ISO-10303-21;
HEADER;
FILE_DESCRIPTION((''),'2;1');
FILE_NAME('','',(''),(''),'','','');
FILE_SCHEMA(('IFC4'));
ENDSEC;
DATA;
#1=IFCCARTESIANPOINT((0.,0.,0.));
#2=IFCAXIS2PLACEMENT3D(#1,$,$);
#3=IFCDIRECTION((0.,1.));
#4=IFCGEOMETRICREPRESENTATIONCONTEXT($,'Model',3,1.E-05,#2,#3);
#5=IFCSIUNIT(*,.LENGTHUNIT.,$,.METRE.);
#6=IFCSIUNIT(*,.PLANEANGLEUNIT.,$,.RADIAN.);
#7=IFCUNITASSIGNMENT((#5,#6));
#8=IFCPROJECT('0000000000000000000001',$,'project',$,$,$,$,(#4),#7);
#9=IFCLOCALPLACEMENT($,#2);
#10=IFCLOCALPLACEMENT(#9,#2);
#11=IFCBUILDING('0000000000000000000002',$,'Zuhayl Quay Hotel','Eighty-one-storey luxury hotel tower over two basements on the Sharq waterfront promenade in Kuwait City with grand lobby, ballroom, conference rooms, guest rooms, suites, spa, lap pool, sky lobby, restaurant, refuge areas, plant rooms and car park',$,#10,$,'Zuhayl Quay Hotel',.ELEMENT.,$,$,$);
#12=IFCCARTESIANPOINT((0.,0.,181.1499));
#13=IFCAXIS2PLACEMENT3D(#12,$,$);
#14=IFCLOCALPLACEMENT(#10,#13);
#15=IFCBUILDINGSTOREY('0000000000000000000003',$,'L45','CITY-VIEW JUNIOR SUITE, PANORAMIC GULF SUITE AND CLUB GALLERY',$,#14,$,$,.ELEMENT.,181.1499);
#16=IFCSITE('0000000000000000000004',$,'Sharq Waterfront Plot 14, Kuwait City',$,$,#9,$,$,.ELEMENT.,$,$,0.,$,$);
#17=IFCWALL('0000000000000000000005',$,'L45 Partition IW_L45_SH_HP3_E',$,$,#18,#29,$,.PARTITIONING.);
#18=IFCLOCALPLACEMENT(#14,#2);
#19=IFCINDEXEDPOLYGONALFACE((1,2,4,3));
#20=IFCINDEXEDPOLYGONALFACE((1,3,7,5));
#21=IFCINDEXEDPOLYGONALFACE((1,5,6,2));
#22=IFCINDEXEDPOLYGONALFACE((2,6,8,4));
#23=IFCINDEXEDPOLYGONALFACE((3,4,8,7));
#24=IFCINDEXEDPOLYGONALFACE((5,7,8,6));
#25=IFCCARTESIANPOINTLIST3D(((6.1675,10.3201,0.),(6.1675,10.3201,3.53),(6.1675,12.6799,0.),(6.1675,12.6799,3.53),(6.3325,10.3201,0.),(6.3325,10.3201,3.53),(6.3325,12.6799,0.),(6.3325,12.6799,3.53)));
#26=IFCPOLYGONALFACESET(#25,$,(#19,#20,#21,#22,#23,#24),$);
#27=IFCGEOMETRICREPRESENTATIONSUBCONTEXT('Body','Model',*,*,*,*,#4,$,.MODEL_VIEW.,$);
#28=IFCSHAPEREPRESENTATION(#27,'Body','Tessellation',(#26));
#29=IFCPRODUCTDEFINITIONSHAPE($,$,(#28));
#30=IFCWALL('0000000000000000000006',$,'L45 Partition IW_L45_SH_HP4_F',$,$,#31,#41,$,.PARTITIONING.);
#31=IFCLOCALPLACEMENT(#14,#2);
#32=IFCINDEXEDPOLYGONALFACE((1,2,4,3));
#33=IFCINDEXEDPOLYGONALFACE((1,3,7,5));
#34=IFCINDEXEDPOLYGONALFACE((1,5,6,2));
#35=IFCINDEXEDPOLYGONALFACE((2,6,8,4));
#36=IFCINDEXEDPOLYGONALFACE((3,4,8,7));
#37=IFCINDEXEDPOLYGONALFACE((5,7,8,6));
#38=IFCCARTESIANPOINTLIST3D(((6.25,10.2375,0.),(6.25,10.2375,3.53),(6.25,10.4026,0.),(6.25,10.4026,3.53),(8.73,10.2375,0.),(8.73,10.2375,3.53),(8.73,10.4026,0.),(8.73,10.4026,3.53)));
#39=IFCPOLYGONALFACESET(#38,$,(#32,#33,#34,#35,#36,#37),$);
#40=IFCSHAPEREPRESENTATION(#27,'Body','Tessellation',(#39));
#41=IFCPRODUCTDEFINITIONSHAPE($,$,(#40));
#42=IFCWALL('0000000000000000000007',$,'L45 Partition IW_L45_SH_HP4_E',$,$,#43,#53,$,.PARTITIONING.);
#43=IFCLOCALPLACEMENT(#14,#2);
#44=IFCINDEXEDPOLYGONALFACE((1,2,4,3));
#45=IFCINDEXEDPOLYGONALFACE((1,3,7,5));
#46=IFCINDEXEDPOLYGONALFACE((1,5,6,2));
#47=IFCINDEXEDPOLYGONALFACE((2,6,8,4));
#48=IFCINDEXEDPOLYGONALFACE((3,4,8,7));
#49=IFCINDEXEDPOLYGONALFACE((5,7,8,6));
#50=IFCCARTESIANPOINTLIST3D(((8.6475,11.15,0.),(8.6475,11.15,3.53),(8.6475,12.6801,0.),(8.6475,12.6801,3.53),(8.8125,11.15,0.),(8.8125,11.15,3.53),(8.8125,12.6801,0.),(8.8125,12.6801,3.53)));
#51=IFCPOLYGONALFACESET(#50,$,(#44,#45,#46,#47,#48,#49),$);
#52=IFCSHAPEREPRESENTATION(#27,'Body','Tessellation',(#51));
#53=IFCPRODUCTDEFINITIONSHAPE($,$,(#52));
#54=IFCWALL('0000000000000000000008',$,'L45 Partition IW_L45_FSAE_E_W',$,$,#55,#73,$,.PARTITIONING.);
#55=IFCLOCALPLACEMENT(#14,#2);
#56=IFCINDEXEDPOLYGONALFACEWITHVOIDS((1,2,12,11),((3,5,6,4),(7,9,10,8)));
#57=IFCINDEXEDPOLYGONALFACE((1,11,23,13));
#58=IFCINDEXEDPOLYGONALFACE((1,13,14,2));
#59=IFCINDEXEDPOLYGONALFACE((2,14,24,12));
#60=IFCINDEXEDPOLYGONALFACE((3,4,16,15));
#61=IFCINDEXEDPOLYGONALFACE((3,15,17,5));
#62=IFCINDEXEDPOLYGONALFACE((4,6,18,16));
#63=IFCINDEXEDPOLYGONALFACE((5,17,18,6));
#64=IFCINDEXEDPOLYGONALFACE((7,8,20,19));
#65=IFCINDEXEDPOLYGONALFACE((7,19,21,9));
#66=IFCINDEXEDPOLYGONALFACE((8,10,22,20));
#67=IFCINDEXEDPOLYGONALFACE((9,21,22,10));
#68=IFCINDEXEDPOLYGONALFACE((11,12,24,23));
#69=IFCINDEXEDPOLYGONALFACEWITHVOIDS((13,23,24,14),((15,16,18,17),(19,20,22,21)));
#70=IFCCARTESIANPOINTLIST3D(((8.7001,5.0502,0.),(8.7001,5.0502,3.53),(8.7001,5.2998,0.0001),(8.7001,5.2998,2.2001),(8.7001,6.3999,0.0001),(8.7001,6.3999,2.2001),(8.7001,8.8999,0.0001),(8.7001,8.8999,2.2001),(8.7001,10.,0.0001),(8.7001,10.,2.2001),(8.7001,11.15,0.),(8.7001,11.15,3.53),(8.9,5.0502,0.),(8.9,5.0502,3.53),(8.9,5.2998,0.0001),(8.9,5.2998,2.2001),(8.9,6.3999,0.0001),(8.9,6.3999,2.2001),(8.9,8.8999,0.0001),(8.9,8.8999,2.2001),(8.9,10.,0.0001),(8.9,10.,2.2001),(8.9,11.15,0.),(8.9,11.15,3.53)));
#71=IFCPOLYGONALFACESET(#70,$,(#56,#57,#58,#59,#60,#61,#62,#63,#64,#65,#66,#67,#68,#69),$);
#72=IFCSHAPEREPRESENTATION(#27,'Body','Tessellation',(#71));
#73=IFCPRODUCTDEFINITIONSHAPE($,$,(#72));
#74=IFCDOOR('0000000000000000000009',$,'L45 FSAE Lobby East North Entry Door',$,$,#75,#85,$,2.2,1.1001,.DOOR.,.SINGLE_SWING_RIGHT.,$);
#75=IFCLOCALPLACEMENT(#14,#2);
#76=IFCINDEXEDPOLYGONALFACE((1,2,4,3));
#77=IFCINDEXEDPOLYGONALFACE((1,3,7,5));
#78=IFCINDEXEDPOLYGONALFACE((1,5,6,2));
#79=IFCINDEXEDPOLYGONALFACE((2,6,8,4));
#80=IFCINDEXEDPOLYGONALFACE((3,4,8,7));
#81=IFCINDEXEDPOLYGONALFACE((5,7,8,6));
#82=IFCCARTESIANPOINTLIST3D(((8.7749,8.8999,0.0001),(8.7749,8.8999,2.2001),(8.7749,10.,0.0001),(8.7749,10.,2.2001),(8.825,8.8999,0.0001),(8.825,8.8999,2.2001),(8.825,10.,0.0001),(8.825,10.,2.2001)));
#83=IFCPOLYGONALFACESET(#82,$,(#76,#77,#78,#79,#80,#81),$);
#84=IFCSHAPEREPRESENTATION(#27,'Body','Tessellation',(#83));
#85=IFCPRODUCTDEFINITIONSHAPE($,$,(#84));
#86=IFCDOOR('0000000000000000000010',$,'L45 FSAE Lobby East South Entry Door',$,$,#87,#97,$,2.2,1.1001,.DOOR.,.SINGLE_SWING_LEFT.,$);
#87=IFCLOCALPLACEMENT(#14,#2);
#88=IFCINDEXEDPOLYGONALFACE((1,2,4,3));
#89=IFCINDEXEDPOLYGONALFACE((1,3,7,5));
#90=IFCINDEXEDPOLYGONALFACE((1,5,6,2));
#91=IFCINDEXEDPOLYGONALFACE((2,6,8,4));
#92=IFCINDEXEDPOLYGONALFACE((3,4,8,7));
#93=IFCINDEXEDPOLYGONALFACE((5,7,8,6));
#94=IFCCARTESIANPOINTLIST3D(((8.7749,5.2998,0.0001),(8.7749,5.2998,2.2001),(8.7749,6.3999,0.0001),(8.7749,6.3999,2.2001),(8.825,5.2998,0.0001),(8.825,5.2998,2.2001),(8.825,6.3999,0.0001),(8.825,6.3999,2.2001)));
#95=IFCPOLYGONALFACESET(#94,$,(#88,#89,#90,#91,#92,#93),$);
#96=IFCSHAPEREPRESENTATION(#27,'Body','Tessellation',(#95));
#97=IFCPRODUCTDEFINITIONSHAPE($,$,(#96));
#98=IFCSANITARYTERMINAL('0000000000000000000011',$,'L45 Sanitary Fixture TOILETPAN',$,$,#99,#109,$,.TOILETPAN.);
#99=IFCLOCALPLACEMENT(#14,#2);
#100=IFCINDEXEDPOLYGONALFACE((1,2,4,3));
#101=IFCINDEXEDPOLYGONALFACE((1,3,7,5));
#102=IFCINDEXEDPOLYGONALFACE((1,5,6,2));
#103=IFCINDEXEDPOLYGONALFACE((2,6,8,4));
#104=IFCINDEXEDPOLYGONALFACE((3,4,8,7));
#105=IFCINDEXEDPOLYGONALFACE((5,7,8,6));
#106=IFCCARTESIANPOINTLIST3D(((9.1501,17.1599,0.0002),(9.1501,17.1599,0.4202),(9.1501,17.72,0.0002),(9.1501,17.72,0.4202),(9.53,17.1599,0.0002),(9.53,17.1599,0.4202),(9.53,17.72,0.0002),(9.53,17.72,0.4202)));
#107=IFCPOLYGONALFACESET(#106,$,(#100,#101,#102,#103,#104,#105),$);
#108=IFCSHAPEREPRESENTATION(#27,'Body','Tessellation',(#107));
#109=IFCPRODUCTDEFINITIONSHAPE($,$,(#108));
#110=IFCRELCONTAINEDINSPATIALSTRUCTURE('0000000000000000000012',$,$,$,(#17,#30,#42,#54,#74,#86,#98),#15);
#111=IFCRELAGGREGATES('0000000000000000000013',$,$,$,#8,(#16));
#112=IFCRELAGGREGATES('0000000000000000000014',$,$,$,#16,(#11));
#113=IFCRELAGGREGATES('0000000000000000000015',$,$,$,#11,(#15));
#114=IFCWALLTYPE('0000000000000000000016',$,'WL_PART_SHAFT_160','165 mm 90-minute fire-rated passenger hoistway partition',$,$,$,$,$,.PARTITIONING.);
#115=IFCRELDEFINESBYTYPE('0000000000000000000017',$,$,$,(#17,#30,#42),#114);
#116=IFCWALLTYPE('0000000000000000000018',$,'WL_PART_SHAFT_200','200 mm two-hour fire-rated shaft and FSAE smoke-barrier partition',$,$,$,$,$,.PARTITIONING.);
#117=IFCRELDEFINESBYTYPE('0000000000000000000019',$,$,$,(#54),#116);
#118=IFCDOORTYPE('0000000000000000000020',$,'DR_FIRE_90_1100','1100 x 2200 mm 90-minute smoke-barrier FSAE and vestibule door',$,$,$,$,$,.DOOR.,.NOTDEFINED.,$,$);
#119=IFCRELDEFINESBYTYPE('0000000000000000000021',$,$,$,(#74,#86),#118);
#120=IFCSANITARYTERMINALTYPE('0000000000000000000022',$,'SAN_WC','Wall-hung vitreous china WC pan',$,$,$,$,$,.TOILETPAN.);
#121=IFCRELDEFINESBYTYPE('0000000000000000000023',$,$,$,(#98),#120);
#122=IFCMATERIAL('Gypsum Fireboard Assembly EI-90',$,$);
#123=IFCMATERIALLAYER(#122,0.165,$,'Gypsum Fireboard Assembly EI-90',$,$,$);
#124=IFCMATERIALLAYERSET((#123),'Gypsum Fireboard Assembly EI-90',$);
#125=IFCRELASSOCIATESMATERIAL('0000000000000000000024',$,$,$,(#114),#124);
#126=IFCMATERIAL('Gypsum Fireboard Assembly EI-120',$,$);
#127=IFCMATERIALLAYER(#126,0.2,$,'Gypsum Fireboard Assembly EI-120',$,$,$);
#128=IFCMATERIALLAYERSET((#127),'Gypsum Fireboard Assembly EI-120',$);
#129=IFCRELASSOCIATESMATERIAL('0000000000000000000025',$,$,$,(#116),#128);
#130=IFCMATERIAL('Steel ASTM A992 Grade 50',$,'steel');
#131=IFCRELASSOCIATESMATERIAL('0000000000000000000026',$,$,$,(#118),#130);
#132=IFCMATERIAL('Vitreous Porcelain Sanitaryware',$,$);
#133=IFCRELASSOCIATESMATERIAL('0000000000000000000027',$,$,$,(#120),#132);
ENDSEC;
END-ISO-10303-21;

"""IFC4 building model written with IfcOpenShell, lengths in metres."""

from ifc_helpers import new_model, si_unit, direction, frame, frame_2d, origin, origin_2d, place, context, subcontext, project, spatial, rectangle, extrude, material, layer, layer_set, type_object, element, fill, save


model = new_model("IFC4")

# Units and contexts
model_context = context("Model", 3, precision=1e-05, world=origin(), true_north=direction((0.0, 1.0)))
body_context = subcontext(model_context, "Body", "Model", "MODEL_VIEW")
ifc_project = project(units=[si_unit("LENGTHUNIT", "METRE"), si_unit("PLANEANGLEUNIT", "RADIAN")], contexts=[model_context])

# Site, building, storey
site_placement = place(None, origin())
site = spatial("IfcSite", under=ifc_project, at=site_placement, Name="Sharq Waterfront Plot 14, Kuwait City", CompositionType="ELEMENT", RefElevation=0.0)
building_placement = place(site_placement, origin())
building = spatial("IfcBuilding", under=site, at=building_placement, Name="Zuhayl Quay Hotel", Description="Eighty-one-storey luxury hotel tower over two basements on the Sharq waterfront promenade in Kuwait City with grand lobby, ballroom, conference rooms, guest rooms, suites, spa, lap pool, sky lobby, restaurant, refuge areas, plant rooms and car park", LongName="Zuhayl Quay Hotel", CompositionType="ELEMENT")
storey_placement = place(building_placement, frame((0.0, 0.0, 181.1499)))
storey = spatial("IfcBuildingStorey", under=building, at=storey_placement, Name="L45", Description="CITY-VIEW JUNIOR SUITE, PANORAMIC GULF SUITE AND CLUB GALLERY", CompositionType="ELEMENT", Elevation=181.1499)

# Shared definitions
ifc_material_1 = material(Name="Steel ASTM A992 Grade 50", Category="steel")

# Shared definitions
ifc_material_2 = material(Name="Gypsum Fireboard Assembly EI-90")
ifc_layer_1 = layer(ifc_material_2, 0.165, Name="Gypsum Fireboard Assembly EI-90")
ifc_layer_set_1 = layer_set([ifc_layer_1], Name="Gypsum Fireboard Assembly EI-90")
wall_type_1 = type_object("IfcWallType", Name="WL_PART_SHAFT_160", Description="165 mm 90-minute fire-rated passenger hoistway partition", PredefinedType="PARTITIONING", material=ifc_layer_set_1)

# Walls
wall_1_placement = place(storey_placement, frame((6.25, 10.3201, 0.0), z_axis=(0.0, 0.0, 1.0), x_axis=(0.0, 1.0, 0.0)))
element("IfcWall", 1, at=wall_1_placement, inside=storey, type_object=wall_type_1, Name="L45 Partition IW_L45_SH_HP3_E", PredefinedType="PARTITIONING", context=body_context, shape_type="SweptSolid", body=[
    extrude(rectangle(XDim=2.3599, YDim=0.165, at=frame_2d((1.1799, 0.0))), origin(), (0.0, 0.0, 1.0), 3.53),
])
wall_2_placement = place(storey_placement, frame((6.25, 10.3201, 0.0), z_axis=(0.0, 0.0, 1.0), x_axis=(1.0, 0.0, 0.0)))
element("IfcWall", 2, at=wall_2_placement, inside=storey, type_object=wall_type_1, Name="L45 Partition IW_L45_SH_HP4_F", PredefinedType="PARTITIONING", context=body_context, shape_type="SweptSolid", body=[
    extrude(rectangle(XDim=2.48, YDim=0.165, at=frame_2d((1.24, 0.0))), origin(), (0.0, 0.0, 1.0), 3.53),
])
wall_3_placement = place(storey_placement, frame((8.73, 11.1499, 0.0), z_axis=(0.0, 0.0, 1.0), x_axis=(0.0, 1.0, 0.0)))
element("IfcWall", 3, at=wall_3_placement, inside=storey, type_object=wall_type_1, Name="L45 Partition IW_L45_SH_HP4_E", PredefinedType="PARTITIONING", context=body_context, shape_type="SweptSolid", body=[
    extrude(rectangle(XDim=1.53, YDim=0.165, at=frame_2d((0.7651, 0.0))), origin(), (0.0, 0.0, 1.0), 3.53),
])

# Wall, openings, doors
ifc_material_3 = material(Name="Gypsum Fireboard Assembly EI-120")
ifc_layer_2 = layer(ifc_material_3, 0.2, Name="Gypsum Fireboard Assembly EI-120")
ifc_layer_set_2 = layer_set([ifc_layer_2], Name="Gypsum Fireboard Assembly EI-120")
wall_type_2 = type_object("IfcWallType", Name="WL_PART_SHAFT_200", Description="200 mm two-hour fire-rated shaft and FSAE smoke-barrier partition", PredefinedType="PARTITIONING", material=ifc_layer_set_2)
wall_4_placement = place(storey_placement, frame((8.8, 11.1499, 0.0), z_axis=(0.0, 0.0, 1.0), x_axis=(0.0, -1.0, 0.0)))
wall_4 = element("IfcWall", 4, at=wall_4_placement, inside=storey, type_object=wall_type_2, Name="L45 Partition IW_L45_FSAE_E_W", PredefinedType="PARTITIONING", context=body_context, shape_type="SweptSolid", body=[
    extrude(rectangle(XDim=6.0999, YDim=0.2, at=frame_2d((3.0498, 0.0))), origin(), (0.0, 0.0, 1.0), 3.53),
])
opening_1_placement = place(wall_4_placement, frame((1.1499, 0.0, 0.0)))
opening_1 = element("IfcOpeningElement", 5, at=opening_1_placement, cuts=wall_4, PredefinedType="OPENING", context=body_context, shape_type="SweptSolid", body=[
    extrude(rectangle(XDim=1.1001, YDim=2.2, at=frame_2d((0.55, 1.1001))), frame((0.0, 0.1099, 0.0), z_axis=(0.0, -1.0, 0.0), x_axis=(1.0, 0.0, 0.0)), (0.0, 0.0, 1.0), 0.22),
])
opening_2_placement = place(wall_4_placement, frame((4.75, 0.0, 0.0)))
opening_2 = element("IfcOpeningElement", 6, at=opening_2_placement, cuts=wall_4, PredefinedType="OPENING", context=body_context, shape_type="SweptSolid", body=[
    extrude(rectangle(XDim=1.1001, YDim=2.2, at=frame_2d((0.55, 1.1001))), frame((0.0, 0.1099, 0.0), z_axis=(0.0, -1.0, 0.0), x_axis=(1.0, 0.0, 0.0)), (0.0, 0.0, 1.0), 0.22),
])
door_type_1 = type_object("IfcDoorType", Name="DR_FIRE_90_1100", Description="1100 x 2200 mm 90-minute smoke-barrier FSAE and vestibule door", OperationType="NOTDEFINED", PredefinedType="DOOR", material=ifc_material_1)
door_1_placement = place(opening_1_placement, origin())
door_1 = element("IfcDoor", 7, at=door_1_placement, inside=storey, type_object=door_type_1, Name="L45 FSAE Lobby East North Entry Door", OperationType="SINGLE_SWING_RIGHT", OverallHeight=2.2, OverallWidth=1.1001, PredefinedType="DOOR", context=body_context, shape_type="SweptSolid", body=[
    extrude(rectangle(XDim=1.1001, YDim=2.2, at=frame_2d((0.55, 1.1001))), frame((0.0, 0.0249, 0.0), z_axis=(0.0, -1.0, 0.0), x_axis=(1.0, 0.0, 0.0)), (0.0, 0.0, 1.0), 0.05),
])
fill(opening_1, door_1)
door_2_placement = place(opening_2_placement, origin())
door_2 = element("IfcDoor", 8, at=door_2_placement, inside=storey, type_object=door_type_1, Name="L45 FSAE Lobby East South Entry Door", OperationType="SINGLE_SWING_LEFT", OverallHeight=2.2, OverallWidth=1.1001, PredefinedType="DOOR", context=body_context, shape_type="SweptSolid", body=[
    extrude(rectangle(XDim=1.1001, YDim=2.2, at=frame_2d((0.55, 1.1001))), frame((0.0, 0.0249, 0.0), z_axis=(0.0, -1.0, 0.0), x_axis=(1.0, 0.0, 0.0)), (0.0, 0.0, 1.0), 0.05),
])
fill(opening_2, door_2)

# Sanitary terminal
ifc_material_4 = material(Name="Vitreous Porcelain Sanitaryware")
sanitary_terminal_type = type_object("IfcSanitaryTerminalType", Name="SAN_WC", Description="Wall-hung vitreous china WC pan", PredefinedType="TOILETPAN", material=ifc_material_4)
sanitary_terminal_placement = place(storey_placement, frame((9.3401, 17.4399, 0.0002), z_axis=(0.0, 0.0, 1.0), x_axis=(1.0, 0.0, 0.0)))
element("IfcSanitaryTerminal", 9, at=sanitary_terminal_placement, inside=storey, type_object=sanitary_terminal_type, Name="L45 Sanitary Fixture TOILETPAN", PredefinedType="TOILETPAN", context=body_context, shape_type="SweptSolid", body=[
    extrude(rectangle(XDim=0.3799, YDim=0.5601, at=origin_2d()), origin(), (0.0, 0.0, 1.0), 0.4199),
])

save(model, "model.ifc")
